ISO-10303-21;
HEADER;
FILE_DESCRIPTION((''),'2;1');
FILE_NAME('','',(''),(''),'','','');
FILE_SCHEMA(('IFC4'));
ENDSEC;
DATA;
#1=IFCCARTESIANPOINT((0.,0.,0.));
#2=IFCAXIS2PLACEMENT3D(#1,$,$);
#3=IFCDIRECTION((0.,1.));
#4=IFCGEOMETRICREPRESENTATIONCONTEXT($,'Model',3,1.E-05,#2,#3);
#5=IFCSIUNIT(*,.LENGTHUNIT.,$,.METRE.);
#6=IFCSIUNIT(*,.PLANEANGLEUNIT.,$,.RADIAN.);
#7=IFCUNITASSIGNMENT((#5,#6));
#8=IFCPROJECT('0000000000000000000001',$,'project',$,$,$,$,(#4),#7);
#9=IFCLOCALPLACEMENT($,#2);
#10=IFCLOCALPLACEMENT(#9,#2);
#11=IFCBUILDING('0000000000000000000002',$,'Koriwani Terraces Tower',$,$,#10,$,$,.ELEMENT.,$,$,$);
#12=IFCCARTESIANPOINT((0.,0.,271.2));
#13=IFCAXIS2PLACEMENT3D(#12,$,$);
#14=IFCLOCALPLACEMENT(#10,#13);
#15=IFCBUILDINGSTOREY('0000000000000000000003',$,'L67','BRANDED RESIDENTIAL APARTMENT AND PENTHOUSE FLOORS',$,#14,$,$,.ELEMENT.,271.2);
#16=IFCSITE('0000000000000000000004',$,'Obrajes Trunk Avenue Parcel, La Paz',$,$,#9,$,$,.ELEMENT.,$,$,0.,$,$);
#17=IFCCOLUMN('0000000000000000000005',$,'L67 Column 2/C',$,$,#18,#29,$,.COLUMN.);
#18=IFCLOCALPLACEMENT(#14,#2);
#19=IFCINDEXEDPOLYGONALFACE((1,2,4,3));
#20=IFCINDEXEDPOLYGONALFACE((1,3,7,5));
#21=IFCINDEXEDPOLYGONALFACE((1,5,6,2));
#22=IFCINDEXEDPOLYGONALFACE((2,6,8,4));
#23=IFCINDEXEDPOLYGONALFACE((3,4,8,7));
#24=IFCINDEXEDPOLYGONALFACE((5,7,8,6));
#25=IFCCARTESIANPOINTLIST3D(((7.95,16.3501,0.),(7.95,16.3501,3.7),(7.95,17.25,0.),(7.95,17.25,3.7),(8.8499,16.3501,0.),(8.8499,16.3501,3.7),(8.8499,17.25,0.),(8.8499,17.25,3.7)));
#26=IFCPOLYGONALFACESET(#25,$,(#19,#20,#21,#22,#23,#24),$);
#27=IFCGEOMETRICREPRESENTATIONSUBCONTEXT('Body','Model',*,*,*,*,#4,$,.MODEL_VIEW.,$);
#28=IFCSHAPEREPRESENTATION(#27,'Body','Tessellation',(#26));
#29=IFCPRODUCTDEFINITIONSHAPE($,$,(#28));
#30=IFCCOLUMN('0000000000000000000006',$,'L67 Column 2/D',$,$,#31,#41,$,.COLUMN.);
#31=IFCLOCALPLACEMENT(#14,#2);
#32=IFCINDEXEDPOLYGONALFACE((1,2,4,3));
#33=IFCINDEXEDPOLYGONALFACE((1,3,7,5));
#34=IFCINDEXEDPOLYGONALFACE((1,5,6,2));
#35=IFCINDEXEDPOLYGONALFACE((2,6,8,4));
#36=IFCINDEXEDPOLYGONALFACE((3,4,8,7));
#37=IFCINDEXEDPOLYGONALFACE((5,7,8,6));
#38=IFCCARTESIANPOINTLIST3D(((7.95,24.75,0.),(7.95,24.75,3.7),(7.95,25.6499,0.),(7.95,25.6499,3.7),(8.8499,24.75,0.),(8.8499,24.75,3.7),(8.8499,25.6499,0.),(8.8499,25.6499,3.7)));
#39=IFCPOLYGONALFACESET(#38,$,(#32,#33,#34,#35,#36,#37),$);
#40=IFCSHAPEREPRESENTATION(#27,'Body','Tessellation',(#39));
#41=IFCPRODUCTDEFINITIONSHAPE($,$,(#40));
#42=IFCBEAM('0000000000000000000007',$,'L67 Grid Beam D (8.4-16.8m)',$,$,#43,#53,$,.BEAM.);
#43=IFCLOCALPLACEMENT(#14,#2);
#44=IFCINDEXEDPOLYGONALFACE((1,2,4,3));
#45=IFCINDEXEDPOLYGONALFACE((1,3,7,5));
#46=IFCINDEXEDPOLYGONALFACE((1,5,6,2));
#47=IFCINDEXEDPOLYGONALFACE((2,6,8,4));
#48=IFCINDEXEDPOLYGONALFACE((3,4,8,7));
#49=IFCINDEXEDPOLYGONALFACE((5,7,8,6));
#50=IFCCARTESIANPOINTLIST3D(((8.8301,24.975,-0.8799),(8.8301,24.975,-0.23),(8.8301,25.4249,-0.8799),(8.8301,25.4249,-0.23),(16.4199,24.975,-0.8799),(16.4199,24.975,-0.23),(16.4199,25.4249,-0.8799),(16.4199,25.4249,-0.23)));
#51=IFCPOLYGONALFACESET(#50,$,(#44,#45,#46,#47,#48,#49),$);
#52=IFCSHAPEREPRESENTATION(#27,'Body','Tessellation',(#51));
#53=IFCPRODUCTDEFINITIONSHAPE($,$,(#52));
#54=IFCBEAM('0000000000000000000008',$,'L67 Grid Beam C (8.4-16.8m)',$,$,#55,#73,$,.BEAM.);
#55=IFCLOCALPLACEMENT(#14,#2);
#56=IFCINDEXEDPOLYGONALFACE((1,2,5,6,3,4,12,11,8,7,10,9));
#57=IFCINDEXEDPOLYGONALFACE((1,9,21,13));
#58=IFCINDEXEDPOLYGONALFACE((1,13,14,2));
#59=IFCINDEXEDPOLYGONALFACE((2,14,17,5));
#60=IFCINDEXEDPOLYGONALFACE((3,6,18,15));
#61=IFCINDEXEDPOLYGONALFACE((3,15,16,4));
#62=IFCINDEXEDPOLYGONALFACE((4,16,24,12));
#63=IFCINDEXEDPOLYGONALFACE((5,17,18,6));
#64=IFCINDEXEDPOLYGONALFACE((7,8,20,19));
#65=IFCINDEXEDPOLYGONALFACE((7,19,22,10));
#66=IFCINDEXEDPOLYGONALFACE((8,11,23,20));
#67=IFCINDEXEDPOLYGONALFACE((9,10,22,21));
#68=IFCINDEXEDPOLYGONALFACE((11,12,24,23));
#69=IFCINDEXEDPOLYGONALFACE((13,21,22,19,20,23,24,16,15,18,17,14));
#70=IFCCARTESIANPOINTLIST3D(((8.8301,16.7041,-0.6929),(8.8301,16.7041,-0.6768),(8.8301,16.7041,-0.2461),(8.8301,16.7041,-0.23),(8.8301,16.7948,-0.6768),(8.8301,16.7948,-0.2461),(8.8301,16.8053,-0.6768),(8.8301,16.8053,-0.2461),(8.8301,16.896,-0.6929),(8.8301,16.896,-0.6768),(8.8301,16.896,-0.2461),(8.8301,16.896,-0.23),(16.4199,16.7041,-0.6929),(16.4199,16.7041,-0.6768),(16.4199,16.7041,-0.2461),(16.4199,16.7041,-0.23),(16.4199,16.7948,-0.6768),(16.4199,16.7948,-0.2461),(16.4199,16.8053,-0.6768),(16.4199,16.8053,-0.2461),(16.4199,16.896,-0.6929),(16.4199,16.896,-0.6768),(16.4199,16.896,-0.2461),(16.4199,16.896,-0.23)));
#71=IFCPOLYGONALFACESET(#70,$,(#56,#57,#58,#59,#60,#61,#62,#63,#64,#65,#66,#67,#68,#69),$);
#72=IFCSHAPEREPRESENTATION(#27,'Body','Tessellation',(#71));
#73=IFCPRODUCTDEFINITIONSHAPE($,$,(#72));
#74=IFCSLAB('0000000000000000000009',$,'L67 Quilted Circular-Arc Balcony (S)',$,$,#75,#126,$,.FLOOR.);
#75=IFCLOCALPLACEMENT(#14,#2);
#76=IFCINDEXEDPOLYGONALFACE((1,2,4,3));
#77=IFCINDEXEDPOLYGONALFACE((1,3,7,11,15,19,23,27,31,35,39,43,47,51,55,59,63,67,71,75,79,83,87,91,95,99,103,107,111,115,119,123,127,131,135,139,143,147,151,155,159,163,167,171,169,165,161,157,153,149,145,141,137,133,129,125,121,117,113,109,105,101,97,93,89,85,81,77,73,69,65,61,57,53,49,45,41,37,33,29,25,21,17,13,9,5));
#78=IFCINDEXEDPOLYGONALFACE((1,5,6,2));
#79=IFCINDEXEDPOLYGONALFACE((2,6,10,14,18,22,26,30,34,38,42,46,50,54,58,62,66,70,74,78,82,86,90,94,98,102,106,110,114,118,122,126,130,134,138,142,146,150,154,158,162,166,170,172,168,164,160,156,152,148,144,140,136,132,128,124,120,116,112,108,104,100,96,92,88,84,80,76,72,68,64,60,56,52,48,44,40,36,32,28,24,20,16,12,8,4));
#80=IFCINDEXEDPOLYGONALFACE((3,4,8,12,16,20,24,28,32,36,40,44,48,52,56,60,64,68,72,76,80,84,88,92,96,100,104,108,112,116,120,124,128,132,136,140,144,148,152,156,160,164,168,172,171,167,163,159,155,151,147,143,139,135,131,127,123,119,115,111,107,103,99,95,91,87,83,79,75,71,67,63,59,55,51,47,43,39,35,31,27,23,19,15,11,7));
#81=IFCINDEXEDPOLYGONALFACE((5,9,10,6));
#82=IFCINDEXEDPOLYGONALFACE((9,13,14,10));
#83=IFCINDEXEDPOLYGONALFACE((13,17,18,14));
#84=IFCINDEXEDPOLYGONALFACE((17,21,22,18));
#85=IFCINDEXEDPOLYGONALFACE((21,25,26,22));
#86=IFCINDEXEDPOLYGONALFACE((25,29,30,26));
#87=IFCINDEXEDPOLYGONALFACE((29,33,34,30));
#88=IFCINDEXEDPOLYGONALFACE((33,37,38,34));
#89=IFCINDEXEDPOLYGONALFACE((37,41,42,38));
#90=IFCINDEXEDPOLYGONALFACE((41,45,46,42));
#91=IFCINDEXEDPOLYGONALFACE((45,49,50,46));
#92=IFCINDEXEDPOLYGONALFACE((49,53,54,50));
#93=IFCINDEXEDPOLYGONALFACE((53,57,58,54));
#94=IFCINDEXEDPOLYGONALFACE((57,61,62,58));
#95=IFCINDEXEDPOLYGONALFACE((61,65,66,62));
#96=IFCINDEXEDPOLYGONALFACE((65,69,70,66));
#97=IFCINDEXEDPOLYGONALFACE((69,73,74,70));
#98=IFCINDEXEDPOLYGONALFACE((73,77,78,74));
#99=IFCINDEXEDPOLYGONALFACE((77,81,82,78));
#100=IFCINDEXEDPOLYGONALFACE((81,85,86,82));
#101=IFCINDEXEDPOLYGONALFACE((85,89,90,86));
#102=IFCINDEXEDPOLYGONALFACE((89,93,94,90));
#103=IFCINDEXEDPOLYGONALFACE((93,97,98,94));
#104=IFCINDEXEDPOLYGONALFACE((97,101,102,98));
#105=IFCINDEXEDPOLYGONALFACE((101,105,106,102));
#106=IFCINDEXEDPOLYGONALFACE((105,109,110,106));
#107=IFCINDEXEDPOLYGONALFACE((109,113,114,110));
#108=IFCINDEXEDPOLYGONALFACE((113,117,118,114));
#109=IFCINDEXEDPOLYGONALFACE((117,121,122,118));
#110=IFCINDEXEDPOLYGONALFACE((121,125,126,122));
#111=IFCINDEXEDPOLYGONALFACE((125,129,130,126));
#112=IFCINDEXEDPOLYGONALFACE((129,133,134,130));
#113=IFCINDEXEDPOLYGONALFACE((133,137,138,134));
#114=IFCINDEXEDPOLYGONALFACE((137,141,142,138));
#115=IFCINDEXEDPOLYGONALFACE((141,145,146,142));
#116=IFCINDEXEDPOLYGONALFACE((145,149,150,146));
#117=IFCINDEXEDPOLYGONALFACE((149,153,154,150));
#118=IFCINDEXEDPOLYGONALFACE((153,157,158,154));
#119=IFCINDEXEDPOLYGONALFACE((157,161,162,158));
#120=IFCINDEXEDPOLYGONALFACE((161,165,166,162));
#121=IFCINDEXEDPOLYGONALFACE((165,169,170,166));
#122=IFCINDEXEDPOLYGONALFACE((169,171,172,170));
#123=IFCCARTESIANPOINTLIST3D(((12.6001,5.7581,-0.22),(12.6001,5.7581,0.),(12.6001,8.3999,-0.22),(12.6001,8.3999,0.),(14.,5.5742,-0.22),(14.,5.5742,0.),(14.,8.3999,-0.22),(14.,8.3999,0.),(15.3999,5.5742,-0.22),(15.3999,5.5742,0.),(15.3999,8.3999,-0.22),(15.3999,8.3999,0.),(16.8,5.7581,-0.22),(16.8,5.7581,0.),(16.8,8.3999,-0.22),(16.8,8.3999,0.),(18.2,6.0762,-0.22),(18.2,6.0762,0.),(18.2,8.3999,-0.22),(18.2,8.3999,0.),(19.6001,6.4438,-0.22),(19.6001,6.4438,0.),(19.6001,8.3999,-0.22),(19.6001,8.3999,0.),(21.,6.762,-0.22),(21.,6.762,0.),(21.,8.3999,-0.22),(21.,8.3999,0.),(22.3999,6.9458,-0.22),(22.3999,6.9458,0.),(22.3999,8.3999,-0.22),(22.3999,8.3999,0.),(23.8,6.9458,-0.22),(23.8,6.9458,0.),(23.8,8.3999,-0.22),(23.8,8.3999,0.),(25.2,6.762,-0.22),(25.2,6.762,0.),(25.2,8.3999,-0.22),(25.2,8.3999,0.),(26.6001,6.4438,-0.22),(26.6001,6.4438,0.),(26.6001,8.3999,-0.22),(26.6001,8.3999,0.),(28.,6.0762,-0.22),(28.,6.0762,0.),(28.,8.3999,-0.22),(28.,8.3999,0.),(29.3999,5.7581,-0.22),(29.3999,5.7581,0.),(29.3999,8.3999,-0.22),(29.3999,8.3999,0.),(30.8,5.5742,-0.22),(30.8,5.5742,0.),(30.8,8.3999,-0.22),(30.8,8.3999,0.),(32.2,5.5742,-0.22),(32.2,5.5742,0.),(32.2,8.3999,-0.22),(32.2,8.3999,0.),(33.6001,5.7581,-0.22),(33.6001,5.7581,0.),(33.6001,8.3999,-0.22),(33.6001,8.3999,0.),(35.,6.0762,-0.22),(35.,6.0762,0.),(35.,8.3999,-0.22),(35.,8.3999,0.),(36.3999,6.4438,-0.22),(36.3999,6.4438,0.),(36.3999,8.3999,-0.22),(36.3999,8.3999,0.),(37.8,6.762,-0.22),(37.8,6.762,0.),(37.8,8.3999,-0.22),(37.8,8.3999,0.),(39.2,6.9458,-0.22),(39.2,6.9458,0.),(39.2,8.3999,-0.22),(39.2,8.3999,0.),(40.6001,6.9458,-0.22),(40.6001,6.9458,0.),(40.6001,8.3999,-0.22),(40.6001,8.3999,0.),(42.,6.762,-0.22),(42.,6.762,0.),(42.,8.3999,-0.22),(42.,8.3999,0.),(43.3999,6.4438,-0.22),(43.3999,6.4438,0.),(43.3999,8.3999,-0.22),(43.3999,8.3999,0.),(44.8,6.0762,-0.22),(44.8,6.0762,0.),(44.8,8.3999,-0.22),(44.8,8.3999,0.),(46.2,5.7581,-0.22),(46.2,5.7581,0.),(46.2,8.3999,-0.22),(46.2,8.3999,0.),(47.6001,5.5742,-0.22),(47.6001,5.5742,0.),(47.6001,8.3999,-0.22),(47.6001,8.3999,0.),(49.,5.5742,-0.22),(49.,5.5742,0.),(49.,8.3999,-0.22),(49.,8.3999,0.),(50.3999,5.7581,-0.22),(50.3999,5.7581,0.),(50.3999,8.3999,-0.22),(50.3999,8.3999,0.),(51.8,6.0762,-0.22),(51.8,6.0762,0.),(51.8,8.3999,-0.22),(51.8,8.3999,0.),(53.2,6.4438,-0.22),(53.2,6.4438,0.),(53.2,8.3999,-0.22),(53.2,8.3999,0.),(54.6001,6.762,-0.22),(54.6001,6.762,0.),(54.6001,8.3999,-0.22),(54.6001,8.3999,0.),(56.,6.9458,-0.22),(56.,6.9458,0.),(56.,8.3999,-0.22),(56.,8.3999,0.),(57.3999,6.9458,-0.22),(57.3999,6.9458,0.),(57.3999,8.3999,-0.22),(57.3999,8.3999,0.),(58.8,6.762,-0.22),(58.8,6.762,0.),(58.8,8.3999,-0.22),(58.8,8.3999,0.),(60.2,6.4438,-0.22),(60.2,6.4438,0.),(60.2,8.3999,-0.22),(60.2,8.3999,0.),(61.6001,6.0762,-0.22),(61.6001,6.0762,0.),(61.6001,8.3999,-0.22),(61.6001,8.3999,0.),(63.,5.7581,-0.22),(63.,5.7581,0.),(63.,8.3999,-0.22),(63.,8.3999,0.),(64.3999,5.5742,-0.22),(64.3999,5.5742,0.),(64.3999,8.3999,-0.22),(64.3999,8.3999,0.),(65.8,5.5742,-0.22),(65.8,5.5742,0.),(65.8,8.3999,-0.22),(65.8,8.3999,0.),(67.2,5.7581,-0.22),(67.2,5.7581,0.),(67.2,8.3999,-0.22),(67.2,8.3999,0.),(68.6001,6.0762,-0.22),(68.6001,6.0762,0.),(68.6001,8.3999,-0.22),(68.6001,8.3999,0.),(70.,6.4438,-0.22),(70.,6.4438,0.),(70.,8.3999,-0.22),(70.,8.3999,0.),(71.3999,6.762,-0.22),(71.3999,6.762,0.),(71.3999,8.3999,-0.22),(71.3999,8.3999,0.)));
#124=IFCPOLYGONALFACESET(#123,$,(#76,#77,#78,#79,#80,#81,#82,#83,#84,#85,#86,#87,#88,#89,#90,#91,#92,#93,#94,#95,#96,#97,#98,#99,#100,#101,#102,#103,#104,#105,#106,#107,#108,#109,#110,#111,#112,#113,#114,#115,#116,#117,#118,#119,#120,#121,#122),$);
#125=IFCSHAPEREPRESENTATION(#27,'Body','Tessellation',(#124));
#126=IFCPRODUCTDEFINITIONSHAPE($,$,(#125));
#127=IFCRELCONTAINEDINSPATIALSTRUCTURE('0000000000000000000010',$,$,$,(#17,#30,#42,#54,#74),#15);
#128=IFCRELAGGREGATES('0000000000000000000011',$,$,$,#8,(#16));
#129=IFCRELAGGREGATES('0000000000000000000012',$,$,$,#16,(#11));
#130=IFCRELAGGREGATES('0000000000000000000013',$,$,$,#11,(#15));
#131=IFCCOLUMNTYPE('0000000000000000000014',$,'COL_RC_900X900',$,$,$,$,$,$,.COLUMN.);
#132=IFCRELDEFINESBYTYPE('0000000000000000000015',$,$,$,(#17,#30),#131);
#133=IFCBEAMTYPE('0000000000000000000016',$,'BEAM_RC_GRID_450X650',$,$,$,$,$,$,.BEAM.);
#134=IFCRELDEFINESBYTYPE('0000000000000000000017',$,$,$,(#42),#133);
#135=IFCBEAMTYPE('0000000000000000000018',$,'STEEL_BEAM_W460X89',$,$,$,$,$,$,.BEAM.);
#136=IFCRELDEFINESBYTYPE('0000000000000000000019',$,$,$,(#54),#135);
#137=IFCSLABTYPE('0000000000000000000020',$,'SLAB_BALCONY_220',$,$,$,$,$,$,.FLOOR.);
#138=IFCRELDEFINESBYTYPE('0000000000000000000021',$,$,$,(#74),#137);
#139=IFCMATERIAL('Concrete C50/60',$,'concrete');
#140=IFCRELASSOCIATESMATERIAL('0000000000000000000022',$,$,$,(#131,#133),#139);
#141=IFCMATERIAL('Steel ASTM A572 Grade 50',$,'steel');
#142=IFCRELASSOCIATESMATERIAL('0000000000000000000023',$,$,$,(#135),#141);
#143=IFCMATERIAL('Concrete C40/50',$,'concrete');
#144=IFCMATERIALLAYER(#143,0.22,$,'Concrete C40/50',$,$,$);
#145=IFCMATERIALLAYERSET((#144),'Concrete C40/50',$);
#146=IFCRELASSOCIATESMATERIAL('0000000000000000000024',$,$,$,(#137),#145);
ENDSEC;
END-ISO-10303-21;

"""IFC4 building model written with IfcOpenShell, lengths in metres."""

from ifc_helpers import new_model, si_unit, direction, frame, origin, origin_2d, place, context, subcontext, project, spatial, polyline, rectangle, i_section, outline, extrude, material, layer, layer_set, material_profile, profile_set, type_object, element, save


model = new_model("IFC4")

# Units and contexts
model_context = context("Model", 3, precision=1e-05, world=origin(), true_north=direction((0.0, 1.0)))
body_context = subcontext(model_context, "Body", "Model", "MODEL_VIEW")
ifc_project = project(units=[si_unit("LENGTHUNIT", "METRE"), si_unit("PLANEANGLEUNIT", "RADIAN")], contexts=[model_context])

# Site, building, storey
site_placement = place(None, origin())
site = spatial("IfcSite", under=ifc_project, at=site_placement, Name="Obrajes Trunk Avenue Parcel, La Paz", CompositionType="ELEMENT", RefElevation=0.0)
building_placement = place(site_placement, origin())
building = spatial("IfcBuilding", under=site, at=building_placement, Name="Koriwani Terraces Tower", CompositionType="ELEMENT")
storey_placement = place(building_placement, frame((0.0, 0.0, 271.2)))
storey = spatial("IfcBuildingStorey", under=building, at=storey_placement, Name="L67", Description="BRANDED RESIDENTIAL APARTMENT AND PENTHOUSE FLOORS", CompositionType="ELEMENT", Elevation=271.2)

# Columns
ifc_material_1 = material(Name="Concrete C50/60", Category="concrete")
ifc_material_profile_1 = material_profile(ifc_material_1, rectangle(XDim=0.8999, YDim=0.8999, at=origin_2d()), Name="Concrete C50/60", Category="LoadBearing")
ifc_profile_set_1 = profile_set([ifc_material_profile_1], Name="Concrete C50/60")
column_type = type_object("IfcColumnType", Name="COL_RC_900X900", PredefinedType="COLUMN", material=ifc_profile_set_1)
for number, where, z_axis, x_axis, name in (
    (1, (8.3999, 16.8, 0.0), (0.0, 0.0, 1.0), (1.0, 0.0, 0.0), "L67 Column 2/C"),
    (2, (8.3999, 25.2, 0.0), (0.0, 0.0, 1.0), (1.0, 0.0, 0.0), "L67 Column 2/D"),
):
    element("IfcColumn", number, at=place(storey_placement, frame(where, z_axis=z_axis, x_axis=x_axis)), inside=storey, type_object=column_type, Name=name, PredefinedType="COLUMN", context=body_context, shape_type="SweptSolid", body=[
        extrude(rectangle(XDim=0.8999, YDim=0.8999, at=origin_2d()), origin(), (0.0, 0.0, 1.0), 3.7),
    ])

# Beams
ifc_material_profile_2 = material_profile(ifc_material_1, rectangle(XDim=0.45, YDim=0.6499, at=origin_2d()), Name="Concrete C50/60", Category="LoadBearing")
ifc_profile_set_2 = profile_set([ifc_material_profile_2], Name="Concrete C50/60")
beam_type_1 = type_object("IfcBeamType", Name="BEAM_RC_GRID_450X650", PredefinedType="BEAM", material=ifc_profile_set_2)
beam_1_placement = place(storey_placement, frame((8.8301, 25.2, -0.5549), z_axis=(1.0, 0.0, 0.0), x_axis=(0.0, 1.0, 0.0)))
element("IfcBeam", 3, at=beam_1_placement, inside=storey, type_object=beam_type_1, Name="L67 Grid Beam D (8.4-16.8m)", PredefinedType="BEAM", context=body_context, shape_type="SweptSolid", body=[
    extrude(rectangle(XDim=0.45, YDim=0.6499, at=origin_2d()), origin(), (0.0, 0.0, 1.0), 7.5898),
])
ifc_material_2 = material(Name="Steel ASTM A572 Grade 50", Category="steel")
ifc_material_profile_3 = material_profile(ifc_material_2, i_section(OverallWidth=0.1919, OverallDepth=0.4629, WebThickness=0.0105, FlangeThickness=0.0161, at=origin_2d()), Name="Steel ASTM A572 Grade 50", Category="LoadBearing")
ifc_profile_set_3 = profile_set([ifc_material_profile_3], Name="Steel ASTM A572 Grade 50")
beam_type_2 = type_object("IfcBeamType", Name="STEEL_BEAM_W460X89", PredefinedType="BEAM", material=ifc_profile_set_3)
beam_2_placement = place(storey_placement, frame((8.8301, 16.8, -0.4614), z_axis=(1.0, 0.0, 0.0), x_axis=(0.0, 1.0, 0.0)))
element("IfcBeam", 4, at=beam_2_placement, inside=storey, type_object=beam_type_2, Name="L67 Grid Beam C (8.4-16.8m)", PredefinedType="BEAM", context=body_context, shape_type="SweptSolid", body=[
    extrude(i_section(OverallWidth=0.1919, OverallDepth=0.4629, WebThickness=0.0105, FlangeThickness=0.0161, at=origin_2d()), origin(), (0.0, 0.0, 1.0), 7.5898),
])

# Slab
ifc_material_3 = material(Name="Concrete C40/50", Category="concrete")
ifc_layer_1 = layer(ifc_material_3, 0.22, Name="Concrete C40/50")
ifc_layer_set_1 = layer_set([ifc_layer_1], Name="Concrete C40/50")
slab_type_1 = type_object("IfcSlabType", Name="SLAB_BALCONY_220", PredefinedType="FLOOR", material=ifc_layer_set_1)
slab_1_placement = place(storey_placement, frame((0.0, 0.0, -0.22)))
element("IfcSlab", 5, at=slab_1_placement, inside=storey, type_object=slab_type_1, Name="L67 Quilted Circular-Arc Balcony (S)", PredefinedType="FLOOR", context=body_context, shape_type="SweptSolid", body=[
    extrude(outline(polyline([(12.6001, 8.3999), (14.0, 8.3999), (15.3999, 8.3999), (16.8, 8.3999), (18.2, 8.3999), (19.6001, 8.3999), (21.0, 8.3999), (22.3999, 8.3999), (23.8, 8.3999), (25.2, 8.3999), (26.6001, 8.3999), (28.0, 8.3999), (29.3999, 8.3999), (30.8, 8.3999), (32.2, 8.3999), (33.6001, 8.3999), (35.0, 8.3999), (36.3999, 8.3999), (37.8, 8.3999), (39.2, 8.3999), (40.6001, 8.3999), (42.0, 8.3999), (43.3999, 8.3999), (44.8, 8.3999), (46.2, 8.3999), (47.6001, 8.3999), (49.0, 8.3999), (50.3999, 8.3999), (51.8, 8.3999), (53.2, 8.3999), (54.6001, 8.3999), (56.0, 8.3999), (57.3999, 8.3999), (58.8, 8.3999), (60.2, 8.3999), (61.6001, 8.3999), (63.0, 8.3999), (64.3999, 8.3999), (65.8, 8.3999), (67.2, 8.3999), (68.6001, 8.3999), (70.0, 8.3999), (71.3999, 8.3999), (71.3999, 6.762), (70.0, 6.4438), (68.6001, 6.0762), (67.2, 5.7581), (65.8, 5.5742), (64.3999, 5.5742), (63.0, 5.7581), (61.6001, 6.0762), (60.2, 6.4438), (58.8, 6.762), (57.3999, 6.9458), (56.0, 6.9458), (54.6001, 6.762), (53.2, 6.4438), (51.8, 6.0762), (50.3999, 5.7581), (49.0, 5.5742), (47.6001, 5.5742), (46.2, 5.7581), (44.8, 6.0762), (43.3999, 6.4438), (42.0, 6.762), (40.6001, 6.9458), (39.2, 6.9458), (37.8, 6.762), (36.3999, 6.4438), (35.0, 6.0762), (33.6001, 5.7581), (32.2, 5.5742), (30.8, 5.5742), (29.3999, 5.7581), (28.0, 6.0762), (26.6001, 6.4438), (25.2, 6.762), (23.8, 6.9458), (22.3999, 6.9458), (21.0, 6.762), (19.6001, 6.4438), (18.2, 6.0762), (16.8, 5.7581), (15.3999, 5.5742), (14.0, 5.5742), (12.6001, 5.7581), (12.6001, 8.3999)])), origin(), (0.0, 0.0, 1.0), 0.22),
])

save(model, "model.ifc")
